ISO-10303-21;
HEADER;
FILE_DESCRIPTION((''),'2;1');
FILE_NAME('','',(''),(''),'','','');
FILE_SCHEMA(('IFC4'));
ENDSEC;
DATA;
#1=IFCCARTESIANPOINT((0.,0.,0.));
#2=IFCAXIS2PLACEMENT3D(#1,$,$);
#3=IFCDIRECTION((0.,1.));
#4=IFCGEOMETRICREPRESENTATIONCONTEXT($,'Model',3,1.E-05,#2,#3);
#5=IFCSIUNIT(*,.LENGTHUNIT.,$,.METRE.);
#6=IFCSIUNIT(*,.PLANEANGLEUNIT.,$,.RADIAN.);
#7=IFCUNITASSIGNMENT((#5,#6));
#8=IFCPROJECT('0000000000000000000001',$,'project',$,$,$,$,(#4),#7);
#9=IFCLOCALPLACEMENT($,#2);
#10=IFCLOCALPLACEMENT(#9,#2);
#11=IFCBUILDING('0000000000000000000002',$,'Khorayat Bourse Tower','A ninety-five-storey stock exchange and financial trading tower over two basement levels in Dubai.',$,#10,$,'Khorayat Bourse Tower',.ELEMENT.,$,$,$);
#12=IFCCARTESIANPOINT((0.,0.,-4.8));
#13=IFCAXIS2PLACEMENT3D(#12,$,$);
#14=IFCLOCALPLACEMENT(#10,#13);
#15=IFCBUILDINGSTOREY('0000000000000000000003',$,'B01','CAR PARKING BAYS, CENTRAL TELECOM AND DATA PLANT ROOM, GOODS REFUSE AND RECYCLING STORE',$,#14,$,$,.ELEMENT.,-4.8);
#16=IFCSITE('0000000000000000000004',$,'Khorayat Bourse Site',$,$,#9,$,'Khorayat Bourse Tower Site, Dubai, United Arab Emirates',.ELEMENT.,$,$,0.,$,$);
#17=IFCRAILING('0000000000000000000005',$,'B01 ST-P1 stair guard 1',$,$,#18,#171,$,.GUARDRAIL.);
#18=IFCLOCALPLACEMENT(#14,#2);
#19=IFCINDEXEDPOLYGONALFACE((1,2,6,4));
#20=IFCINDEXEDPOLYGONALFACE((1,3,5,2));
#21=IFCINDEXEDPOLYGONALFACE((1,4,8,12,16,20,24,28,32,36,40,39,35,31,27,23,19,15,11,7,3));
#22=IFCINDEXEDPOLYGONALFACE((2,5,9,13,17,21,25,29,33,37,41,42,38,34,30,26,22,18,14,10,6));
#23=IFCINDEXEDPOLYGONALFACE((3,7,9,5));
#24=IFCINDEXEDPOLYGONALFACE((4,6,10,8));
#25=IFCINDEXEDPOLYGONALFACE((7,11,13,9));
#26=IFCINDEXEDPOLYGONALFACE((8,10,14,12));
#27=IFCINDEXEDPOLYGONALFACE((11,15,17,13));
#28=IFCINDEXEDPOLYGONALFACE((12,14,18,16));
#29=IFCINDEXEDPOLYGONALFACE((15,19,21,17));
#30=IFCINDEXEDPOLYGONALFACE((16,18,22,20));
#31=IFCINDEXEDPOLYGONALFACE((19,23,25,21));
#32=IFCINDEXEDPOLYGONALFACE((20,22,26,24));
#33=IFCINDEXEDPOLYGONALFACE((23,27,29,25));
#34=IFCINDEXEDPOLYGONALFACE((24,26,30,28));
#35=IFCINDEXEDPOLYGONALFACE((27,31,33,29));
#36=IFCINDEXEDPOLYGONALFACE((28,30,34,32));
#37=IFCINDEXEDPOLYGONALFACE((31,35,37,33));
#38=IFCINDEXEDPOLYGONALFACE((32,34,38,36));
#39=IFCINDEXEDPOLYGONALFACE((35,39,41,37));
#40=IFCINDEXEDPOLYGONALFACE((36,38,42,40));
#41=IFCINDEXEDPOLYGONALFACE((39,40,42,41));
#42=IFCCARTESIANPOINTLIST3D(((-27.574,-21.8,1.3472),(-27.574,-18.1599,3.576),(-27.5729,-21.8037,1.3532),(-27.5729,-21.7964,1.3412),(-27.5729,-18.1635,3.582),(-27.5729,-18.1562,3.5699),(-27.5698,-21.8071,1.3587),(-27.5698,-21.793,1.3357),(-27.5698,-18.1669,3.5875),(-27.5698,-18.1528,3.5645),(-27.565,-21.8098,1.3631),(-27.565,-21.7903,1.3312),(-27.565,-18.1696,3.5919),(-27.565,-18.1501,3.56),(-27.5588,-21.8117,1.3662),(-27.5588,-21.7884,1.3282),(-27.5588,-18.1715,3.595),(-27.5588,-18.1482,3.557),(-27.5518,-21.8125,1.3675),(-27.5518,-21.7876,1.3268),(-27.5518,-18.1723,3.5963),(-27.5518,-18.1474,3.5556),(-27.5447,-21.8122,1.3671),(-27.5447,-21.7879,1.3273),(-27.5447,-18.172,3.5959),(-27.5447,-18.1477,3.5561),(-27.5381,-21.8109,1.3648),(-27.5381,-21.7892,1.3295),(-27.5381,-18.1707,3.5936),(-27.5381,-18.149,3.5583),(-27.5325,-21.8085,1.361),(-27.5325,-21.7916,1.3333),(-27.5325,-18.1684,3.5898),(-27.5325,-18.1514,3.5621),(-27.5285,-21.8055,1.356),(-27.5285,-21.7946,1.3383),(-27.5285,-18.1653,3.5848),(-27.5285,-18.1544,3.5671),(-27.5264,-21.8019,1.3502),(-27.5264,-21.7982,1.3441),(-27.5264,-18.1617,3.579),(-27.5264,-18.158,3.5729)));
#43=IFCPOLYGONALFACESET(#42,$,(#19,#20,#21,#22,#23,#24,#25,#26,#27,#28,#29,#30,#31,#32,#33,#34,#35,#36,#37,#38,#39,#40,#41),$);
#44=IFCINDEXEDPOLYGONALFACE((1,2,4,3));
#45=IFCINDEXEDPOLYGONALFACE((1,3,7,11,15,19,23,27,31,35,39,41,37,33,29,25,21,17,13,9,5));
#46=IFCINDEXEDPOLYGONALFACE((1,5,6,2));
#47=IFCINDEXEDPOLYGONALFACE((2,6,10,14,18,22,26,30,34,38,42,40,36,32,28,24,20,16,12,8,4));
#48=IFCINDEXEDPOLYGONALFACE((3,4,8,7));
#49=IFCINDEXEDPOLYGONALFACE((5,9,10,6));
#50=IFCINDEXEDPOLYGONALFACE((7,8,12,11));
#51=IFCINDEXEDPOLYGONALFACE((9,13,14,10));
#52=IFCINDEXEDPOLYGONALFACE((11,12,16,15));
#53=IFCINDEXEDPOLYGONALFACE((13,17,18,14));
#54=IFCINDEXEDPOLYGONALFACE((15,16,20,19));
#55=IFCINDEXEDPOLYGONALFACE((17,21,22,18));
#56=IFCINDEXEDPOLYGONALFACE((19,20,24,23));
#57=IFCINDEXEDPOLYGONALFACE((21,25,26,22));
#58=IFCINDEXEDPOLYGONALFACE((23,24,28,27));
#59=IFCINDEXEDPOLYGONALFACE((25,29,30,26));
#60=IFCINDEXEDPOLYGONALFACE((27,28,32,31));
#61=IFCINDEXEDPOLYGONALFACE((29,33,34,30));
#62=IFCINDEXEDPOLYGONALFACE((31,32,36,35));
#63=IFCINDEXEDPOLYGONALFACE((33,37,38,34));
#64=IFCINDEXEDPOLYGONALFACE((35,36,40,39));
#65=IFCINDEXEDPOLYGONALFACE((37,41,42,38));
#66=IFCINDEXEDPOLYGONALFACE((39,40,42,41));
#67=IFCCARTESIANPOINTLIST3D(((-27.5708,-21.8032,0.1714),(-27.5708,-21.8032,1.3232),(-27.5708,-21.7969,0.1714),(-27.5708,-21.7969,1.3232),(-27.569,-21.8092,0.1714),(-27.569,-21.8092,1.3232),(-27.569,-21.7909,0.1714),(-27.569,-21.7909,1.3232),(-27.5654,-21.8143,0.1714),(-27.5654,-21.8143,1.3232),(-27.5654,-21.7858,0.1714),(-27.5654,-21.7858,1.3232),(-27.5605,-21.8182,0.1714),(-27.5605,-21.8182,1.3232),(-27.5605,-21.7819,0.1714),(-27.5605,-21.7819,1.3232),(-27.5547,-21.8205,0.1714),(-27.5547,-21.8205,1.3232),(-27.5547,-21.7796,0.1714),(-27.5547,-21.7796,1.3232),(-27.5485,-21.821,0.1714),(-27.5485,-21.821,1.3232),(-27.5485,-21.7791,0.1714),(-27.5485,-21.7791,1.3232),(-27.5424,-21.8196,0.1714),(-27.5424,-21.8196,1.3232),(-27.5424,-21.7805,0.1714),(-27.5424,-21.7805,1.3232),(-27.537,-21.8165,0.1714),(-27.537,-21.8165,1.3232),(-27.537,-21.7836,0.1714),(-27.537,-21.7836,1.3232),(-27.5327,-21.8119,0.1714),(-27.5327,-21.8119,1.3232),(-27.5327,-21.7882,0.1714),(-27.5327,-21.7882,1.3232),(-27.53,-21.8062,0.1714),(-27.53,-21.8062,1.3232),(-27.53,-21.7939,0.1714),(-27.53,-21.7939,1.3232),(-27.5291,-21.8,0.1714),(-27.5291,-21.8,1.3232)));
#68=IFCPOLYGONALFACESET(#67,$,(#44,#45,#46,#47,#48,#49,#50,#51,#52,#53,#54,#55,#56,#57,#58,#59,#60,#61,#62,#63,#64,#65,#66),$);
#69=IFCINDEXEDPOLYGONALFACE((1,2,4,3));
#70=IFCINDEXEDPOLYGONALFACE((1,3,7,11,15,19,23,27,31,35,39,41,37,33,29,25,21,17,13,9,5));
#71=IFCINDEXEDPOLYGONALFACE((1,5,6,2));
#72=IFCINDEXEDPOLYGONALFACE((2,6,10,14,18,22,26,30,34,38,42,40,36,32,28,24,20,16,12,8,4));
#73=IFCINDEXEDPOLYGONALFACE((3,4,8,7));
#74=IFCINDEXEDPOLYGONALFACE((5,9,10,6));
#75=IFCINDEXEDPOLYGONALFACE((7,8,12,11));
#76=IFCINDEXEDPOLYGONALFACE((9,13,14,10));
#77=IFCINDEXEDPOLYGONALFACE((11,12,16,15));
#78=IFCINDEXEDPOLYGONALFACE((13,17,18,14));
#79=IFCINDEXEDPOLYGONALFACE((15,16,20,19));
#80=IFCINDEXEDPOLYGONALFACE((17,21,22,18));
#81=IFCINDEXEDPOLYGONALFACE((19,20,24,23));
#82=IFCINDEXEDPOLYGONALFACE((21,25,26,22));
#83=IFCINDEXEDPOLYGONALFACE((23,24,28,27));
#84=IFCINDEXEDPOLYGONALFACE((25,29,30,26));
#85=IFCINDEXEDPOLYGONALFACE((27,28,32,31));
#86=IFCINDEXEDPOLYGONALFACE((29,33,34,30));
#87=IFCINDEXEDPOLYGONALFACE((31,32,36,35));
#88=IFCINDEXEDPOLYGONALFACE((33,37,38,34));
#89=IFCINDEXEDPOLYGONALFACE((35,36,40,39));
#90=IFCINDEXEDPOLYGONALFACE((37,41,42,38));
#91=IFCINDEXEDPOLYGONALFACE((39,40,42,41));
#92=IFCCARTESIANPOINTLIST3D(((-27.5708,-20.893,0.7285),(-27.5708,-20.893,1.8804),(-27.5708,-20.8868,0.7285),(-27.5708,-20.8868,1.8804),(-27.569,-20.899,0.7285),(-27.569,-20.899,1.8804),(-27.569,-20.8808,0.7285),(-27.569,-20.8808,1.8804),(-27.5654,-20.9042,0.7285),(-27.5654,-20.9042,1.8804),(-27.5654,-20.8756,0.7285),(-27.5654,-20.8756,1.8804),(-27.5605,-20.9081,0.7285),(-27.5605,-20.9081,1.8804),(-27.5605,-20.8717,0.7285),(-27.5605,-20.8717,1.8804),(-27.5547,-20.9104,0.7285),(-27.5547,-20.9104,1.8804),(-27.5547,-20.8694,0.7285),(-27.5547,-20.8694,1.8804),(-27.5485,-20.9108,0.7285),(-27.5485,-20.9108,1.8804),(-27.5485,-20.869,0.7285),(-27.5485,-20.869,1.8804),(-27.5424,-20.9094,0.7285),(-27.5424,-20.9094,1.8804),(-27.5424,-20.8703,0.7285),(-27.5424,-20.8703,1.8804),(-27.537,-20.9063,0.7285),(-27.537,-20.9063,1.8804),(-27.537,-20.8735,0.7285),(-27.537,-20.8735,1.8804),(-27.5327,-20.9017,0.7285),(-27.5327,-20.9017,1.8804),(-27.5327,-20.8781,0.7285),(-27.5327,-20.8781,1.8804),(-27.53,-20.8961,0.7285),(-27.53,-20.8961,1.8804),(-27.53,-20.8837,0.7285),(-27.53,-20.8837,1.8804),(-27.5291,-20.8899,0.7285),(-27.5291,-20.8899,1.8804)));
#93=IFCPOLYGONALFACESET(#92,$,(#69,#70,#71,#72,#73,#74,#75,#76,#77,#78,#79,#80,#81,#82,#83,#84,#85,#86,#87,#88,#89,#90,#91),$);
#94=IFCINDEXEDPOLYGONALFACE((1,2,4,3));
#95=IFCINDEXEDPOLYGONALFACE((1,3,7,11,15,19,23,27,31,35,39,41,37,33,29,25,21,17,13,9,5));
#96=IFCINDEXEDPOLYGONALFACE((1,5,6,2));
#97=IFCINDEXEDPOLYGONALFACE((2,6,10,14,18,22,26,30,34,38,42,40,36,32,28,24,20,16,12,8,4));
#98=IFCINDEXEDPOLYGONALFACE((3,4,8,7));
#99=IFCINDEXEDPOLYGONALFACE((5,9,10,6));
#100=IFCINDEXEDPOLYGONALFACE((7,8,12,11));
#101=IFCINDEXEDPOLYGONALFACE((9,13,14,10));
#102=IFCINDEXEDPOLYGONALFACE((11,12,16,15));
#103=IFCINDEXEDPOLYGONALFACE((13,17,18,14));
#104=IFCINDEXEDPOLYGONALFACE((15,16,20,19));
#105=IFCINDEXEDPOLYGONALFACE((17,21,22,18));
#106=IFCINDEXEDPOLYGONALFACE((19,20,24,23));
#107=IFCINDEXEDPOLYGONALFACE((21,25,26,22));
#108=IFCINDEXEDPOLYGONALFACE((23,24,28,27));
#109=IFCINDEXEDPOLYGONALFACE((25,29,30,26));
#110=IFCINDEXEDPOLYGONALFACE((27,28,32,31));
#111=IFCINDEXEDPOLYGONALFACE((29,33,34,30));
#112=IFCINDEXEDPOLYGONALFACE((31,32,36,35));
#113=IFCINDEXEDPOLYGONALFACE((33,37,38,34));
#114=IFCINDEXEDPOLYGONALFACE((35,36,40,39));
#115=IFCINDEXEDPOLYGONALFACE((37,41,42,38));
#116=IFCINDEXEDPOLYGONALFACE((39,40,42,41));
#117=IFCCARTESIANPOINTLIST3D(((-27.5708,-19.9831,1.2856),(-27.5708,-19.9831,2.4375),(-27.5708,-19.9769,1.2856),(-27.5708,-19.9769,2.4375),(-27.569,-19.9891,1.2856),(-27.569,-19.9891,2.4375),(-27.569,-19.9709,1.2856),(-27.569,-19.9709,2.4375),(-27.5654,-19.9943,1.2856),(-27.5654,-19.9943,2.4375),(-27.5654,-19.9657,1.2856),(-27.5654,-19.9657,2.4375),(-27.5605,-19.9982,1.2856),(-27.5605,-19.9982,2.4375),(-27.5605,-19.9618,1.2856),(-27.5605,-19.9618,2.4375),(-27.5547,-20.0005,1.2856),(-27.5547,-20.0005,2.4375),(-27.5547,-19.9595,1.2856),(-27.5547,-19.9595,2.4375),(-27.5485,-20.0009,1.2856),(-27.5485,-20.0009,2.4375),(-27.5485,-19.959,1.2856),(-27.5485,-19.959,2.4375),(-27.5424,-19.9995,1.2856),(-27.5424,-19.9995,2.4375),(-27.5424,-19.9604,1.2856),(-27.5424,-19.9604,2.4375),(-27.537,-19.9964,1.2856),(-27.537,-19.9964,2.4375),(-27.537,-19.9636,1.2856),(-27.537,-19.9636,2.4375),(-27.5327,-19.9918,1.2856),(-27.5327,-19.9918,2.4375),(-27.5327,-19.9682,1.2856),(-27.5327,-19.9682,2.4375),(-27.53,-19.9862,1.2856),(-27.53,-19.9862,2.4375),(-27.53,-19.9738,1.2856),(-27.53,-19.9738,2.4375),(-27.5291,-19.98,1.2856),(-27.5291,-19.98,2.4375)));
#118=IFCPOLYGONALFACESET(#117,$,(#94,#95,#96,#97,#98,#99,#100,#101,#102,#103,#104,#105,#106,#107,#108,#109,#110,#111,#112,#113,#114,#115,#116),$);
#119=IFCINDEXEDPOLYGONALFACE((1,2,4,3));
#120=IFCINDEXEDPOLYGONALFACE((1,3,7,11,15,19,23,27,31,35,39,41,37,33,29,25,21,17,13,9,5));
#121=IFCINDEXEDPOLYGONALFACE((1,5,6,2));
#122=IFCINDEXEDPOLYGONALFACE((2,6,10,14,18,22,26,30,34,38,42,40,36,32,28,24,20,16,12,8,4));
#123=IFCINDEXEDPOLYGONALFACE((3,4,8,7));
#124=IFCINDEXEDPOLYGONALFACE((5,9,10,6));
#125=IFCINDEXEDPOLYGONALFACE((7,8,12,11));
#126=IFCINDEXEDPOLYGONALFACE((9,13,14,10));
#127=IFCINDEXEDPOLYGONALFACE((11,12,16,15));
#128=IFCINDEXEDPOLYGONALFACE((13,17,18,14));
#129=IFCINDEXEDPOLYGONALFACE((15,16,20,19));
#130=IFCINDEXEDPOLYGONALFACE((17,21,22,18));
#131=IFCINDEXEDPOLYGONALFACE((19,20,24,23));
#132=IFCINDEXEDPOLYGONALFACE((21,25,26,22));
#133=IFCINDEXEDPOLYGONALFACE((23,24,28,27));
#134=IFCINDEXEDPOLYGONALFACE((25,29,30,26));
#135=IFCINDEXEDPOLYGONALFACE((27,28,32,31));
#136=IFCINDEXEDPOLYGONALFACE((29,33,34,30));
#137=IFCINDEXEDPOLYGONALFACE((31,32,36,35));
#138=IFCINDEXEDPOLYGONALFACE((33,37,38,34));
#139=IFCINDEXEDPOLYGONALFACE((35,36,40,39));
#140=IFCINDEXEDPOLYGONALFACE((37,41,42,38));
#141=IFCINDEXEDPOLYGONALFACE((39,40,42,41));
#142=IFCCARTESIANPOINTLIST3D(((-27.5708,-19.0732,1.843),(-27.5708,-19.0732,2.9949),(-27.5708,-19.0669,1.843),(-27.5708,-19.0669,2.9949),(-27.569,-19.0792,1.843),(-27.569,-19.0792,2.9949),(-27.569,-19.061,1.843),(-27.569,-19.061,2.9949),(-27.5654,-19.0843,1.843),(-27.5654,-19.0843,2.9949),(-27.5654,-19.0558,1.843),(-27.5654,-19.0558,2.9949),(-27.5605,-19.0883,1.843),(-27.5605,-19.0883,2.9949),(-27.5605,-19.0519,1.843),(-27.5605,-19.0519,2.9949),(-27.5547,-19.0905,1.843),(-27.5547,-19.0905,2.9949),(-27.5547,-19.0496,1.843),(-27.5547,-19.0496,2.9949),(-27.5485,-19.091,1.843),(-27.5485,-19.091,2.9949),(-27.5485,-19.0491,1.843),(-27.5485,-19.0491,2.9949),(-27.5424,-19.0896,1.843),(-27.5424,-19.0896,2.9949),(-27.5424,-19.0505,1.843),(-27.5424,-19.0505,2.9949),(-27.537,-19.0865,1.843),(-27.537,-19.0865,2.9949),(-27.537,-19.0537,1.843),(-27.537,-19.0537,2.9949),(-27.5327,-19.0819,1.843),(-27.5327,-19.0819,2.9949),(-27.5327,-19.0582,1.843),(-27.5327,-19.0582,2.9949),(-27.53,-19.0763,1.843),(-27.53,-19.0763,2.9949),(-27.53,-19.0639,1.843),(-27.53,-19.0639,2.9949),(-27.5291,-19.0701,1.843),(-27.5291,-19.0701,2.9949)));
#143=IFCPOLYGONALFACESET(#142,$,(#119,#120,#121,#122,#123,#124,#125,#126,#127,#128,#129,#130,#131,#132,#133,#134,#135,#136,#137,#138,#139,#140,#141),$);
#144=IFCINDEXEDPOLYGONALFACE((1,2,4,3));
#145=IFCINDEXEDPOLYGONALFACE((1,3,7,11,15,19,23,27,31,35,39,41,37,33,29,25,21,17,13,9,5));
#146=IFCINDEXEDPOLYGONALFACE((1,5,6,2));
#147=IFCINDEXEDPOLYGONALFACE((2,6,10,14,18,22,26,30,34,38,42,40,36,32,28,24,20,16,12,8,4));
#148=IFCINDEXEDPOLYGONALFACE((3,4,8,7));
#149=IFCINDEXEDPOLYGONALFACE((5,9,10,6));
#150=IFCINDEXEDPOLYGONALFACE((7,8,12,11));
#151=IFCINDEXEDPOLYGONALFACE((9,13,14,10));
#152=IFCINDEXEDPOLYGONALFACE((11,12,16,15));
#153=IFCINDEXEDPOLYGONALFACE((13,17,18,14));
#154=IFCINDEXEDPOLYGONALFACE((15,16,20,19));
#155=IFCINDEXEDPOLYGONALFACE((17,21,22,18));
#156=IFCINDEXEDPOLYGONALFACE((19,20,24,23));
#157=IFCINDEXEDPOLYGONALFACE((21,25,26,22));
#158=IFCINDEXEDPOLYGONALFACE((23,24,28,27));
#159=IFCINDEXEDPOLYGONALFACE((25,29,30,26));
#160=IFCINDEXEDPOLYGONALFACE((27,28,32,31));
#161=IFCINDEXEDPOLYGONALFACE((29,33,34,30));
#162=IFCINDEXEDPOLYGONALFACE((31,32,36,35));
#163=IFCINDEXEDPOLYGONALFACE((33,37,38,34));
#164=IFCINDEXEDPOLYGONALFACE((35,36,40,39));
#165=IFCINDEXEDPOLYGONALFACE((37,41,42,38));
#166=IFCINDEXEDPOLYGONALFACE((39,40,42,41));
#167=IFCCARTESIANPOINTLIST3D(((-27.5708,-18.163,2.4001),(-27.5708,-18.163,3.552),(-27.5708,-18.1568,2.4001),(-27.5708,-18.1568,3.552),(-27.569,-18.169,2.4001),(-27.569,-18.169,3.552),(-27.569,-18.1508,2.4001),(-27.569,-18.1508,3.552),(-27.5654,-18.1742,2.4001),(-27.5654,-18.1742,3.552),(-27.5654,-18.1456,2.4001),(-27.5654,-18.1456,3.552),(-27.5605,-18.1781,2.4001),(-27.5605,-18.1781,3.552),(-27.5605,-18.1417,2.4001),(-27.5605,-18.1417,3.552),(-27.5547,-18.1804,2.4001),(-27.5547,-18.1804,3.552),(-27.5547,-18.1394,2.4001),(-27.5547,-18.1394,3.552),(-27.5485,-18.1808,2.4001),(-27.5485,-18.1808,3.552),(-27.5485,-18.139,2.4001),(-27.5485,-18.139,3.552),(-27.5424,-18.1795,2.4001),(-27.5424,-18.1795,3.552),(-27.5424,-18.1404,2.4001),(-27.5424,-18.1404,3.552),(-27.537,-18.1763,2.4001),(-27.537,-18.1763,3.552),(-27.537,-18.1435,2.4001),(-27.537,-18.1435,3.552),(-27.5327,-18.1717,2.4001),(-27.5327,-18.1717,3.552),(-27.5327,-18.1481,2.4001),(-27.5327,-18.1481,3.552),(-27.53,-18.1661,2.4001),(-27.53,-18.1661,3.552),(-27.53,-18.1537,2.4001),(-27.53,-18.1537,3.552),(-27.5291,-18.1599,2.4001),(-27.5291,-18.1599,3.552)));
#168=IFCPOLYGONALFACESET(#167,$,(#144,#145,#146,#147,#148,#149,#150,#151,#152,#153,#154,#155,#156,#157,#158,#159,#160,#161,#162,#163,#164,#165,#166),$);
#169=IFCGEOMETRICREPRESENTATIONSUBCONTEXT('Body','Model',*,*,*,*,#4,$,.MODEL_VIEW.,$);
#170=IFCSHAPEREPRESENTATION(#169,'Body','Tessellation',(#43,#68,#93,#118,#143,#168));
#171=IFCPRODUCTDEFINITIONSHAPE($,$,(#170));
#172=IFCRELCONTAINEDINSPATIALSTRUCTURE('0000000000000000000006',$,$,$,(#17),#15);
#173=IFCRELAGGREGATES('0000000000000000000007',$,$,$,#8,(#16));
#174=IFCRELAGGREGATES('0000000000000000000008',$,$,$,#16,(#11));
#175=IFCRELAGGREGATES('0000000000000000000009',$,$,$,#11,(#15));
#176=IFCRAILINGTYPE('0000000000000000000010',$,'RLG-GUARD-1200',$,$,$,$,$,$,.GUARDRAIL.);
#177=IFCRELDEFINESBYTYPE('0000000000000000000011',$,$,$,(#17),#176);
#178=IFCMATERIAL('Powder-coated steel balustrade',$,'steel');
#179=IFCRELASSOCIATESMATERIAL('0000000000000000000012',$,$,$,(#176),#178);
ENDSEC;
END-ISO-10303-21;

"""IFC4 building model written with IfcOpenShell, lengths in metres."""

from ifc_helpers import new_model, si_unit, direction, frame, origin, origin_2d, place, context, subcontext, project, spatial, circle, extrude, source, transform, mapped, material, type_object, element, save


model = new_model("IFC4")

# Units and contexts
model_context = context("Model", 3, precision=1e-05, world=origin(), true_north=direction((0.0, 1.0)))
body_context = subcontext(model_context, "Body", "Model", "MODEL_VIEW")
ifc_project = project(units=[si_unit("LENGTHUNIT", "METRE"), si_unit("PLANEANGLEUNIT", "RADIAN")], contexts=[model_context])

# Site, building, storey
site_placement = place(None, origin())
site = spatial("IfcSite", under=ifc_project, at=site_placement, Name="Khorayat Bourse Site", LongName="Khorayat Bourse Tower Site, Dubai, United Arab Emirates", CompositionType="ELEMENT", RefElevation=0.0)
building_placement = place(site_placement, origin())
building = spatial("IfcBuilding", under=site, at=building_placement, Name="Khorayat Bourse Tower", Description="A ninety-five-storey stock exchange and financial trading tower over two basement levels in Dubai.", LongName="Khorayat Bourse Tower", CompositionType="ELEMENT")
storey_placement = place(building_placement, frame((0.0, 0.0, -4.8)))
storey = spatial("IfcBuildingStorey", under=building, at=storey_placement, Name="B01", Description="CAR PARKING BAYS, CENTRAL TELECOM AND DATA PLANT ROOM, GOODS REFUSE AND RECYCLING STORE", CompositionType="ELEMENT", Elevation=-4.8)

# Railing
ifc_material_1 = material(Name="Powder-coated steel balustrade", Category="steel")
railing_type_1 = type_object("IfcRailingType", Name="RLG-GUARD-1200", PredefinedType="GUARDRAIL", material=ifc_material_1)
shared_shape_1 = source(origin(), body_context, "Body", "SweptSolid", [
    extrude(circle(Radius=0.0239, at=origin_2d()), frame((0.0, 0.0, 1.1758), z_axis=(0.0, 0.85284, 0.522172), x_axis=(-1.0, 0.0, 0.0)), (0.0, 0.0, 1.0), 4.2683),
    extrude(circle(Radius=0.021, at=origin_2d()), origin(), (0.0, 0.0, 1.0), 1.1519),
    extrude(circle(Radius=0.021, at=origin_2d()), frame((0.0, 0.9102, 0.5571)), (0.0, 0.0, 1.0), 1.1519),
    extrude(circle(Radius=0.021, at=origin_2d()), frame((0.0, 1.8201, 1.1143)), (0.0, 0.0, 1.0), 1.1519),
    extrude(circle(Radius=0.021, at=origin_2d()), frame((0.0, 2.73, 1.6716)), (0.0, 0.0, 1.0), 1.1519),
    extrude(circle(Radius=0.021, at=origin_2d()), frame((0.0, 3.6401, 2.2288)), (0.0, 0.0, 1.0), 1.1519),
])
railing_1_placement = place(storey_placement, frame((-27.55, -21.8, 0.1714)))
element("IfcRailing", 1, at=railing_1_placement, inside=storey, type_object=railing_type_1, Name="B01 ST-P1 stair guard 1", PredefinedType="GUARDRAIL", context=body_context, shape_type="MappedRepresentation", body=[
    mapped(shared_shape_1, transform((0.0, 0.0, 0.0), scale=1.0)),
])

save(model, "model.ifc")
